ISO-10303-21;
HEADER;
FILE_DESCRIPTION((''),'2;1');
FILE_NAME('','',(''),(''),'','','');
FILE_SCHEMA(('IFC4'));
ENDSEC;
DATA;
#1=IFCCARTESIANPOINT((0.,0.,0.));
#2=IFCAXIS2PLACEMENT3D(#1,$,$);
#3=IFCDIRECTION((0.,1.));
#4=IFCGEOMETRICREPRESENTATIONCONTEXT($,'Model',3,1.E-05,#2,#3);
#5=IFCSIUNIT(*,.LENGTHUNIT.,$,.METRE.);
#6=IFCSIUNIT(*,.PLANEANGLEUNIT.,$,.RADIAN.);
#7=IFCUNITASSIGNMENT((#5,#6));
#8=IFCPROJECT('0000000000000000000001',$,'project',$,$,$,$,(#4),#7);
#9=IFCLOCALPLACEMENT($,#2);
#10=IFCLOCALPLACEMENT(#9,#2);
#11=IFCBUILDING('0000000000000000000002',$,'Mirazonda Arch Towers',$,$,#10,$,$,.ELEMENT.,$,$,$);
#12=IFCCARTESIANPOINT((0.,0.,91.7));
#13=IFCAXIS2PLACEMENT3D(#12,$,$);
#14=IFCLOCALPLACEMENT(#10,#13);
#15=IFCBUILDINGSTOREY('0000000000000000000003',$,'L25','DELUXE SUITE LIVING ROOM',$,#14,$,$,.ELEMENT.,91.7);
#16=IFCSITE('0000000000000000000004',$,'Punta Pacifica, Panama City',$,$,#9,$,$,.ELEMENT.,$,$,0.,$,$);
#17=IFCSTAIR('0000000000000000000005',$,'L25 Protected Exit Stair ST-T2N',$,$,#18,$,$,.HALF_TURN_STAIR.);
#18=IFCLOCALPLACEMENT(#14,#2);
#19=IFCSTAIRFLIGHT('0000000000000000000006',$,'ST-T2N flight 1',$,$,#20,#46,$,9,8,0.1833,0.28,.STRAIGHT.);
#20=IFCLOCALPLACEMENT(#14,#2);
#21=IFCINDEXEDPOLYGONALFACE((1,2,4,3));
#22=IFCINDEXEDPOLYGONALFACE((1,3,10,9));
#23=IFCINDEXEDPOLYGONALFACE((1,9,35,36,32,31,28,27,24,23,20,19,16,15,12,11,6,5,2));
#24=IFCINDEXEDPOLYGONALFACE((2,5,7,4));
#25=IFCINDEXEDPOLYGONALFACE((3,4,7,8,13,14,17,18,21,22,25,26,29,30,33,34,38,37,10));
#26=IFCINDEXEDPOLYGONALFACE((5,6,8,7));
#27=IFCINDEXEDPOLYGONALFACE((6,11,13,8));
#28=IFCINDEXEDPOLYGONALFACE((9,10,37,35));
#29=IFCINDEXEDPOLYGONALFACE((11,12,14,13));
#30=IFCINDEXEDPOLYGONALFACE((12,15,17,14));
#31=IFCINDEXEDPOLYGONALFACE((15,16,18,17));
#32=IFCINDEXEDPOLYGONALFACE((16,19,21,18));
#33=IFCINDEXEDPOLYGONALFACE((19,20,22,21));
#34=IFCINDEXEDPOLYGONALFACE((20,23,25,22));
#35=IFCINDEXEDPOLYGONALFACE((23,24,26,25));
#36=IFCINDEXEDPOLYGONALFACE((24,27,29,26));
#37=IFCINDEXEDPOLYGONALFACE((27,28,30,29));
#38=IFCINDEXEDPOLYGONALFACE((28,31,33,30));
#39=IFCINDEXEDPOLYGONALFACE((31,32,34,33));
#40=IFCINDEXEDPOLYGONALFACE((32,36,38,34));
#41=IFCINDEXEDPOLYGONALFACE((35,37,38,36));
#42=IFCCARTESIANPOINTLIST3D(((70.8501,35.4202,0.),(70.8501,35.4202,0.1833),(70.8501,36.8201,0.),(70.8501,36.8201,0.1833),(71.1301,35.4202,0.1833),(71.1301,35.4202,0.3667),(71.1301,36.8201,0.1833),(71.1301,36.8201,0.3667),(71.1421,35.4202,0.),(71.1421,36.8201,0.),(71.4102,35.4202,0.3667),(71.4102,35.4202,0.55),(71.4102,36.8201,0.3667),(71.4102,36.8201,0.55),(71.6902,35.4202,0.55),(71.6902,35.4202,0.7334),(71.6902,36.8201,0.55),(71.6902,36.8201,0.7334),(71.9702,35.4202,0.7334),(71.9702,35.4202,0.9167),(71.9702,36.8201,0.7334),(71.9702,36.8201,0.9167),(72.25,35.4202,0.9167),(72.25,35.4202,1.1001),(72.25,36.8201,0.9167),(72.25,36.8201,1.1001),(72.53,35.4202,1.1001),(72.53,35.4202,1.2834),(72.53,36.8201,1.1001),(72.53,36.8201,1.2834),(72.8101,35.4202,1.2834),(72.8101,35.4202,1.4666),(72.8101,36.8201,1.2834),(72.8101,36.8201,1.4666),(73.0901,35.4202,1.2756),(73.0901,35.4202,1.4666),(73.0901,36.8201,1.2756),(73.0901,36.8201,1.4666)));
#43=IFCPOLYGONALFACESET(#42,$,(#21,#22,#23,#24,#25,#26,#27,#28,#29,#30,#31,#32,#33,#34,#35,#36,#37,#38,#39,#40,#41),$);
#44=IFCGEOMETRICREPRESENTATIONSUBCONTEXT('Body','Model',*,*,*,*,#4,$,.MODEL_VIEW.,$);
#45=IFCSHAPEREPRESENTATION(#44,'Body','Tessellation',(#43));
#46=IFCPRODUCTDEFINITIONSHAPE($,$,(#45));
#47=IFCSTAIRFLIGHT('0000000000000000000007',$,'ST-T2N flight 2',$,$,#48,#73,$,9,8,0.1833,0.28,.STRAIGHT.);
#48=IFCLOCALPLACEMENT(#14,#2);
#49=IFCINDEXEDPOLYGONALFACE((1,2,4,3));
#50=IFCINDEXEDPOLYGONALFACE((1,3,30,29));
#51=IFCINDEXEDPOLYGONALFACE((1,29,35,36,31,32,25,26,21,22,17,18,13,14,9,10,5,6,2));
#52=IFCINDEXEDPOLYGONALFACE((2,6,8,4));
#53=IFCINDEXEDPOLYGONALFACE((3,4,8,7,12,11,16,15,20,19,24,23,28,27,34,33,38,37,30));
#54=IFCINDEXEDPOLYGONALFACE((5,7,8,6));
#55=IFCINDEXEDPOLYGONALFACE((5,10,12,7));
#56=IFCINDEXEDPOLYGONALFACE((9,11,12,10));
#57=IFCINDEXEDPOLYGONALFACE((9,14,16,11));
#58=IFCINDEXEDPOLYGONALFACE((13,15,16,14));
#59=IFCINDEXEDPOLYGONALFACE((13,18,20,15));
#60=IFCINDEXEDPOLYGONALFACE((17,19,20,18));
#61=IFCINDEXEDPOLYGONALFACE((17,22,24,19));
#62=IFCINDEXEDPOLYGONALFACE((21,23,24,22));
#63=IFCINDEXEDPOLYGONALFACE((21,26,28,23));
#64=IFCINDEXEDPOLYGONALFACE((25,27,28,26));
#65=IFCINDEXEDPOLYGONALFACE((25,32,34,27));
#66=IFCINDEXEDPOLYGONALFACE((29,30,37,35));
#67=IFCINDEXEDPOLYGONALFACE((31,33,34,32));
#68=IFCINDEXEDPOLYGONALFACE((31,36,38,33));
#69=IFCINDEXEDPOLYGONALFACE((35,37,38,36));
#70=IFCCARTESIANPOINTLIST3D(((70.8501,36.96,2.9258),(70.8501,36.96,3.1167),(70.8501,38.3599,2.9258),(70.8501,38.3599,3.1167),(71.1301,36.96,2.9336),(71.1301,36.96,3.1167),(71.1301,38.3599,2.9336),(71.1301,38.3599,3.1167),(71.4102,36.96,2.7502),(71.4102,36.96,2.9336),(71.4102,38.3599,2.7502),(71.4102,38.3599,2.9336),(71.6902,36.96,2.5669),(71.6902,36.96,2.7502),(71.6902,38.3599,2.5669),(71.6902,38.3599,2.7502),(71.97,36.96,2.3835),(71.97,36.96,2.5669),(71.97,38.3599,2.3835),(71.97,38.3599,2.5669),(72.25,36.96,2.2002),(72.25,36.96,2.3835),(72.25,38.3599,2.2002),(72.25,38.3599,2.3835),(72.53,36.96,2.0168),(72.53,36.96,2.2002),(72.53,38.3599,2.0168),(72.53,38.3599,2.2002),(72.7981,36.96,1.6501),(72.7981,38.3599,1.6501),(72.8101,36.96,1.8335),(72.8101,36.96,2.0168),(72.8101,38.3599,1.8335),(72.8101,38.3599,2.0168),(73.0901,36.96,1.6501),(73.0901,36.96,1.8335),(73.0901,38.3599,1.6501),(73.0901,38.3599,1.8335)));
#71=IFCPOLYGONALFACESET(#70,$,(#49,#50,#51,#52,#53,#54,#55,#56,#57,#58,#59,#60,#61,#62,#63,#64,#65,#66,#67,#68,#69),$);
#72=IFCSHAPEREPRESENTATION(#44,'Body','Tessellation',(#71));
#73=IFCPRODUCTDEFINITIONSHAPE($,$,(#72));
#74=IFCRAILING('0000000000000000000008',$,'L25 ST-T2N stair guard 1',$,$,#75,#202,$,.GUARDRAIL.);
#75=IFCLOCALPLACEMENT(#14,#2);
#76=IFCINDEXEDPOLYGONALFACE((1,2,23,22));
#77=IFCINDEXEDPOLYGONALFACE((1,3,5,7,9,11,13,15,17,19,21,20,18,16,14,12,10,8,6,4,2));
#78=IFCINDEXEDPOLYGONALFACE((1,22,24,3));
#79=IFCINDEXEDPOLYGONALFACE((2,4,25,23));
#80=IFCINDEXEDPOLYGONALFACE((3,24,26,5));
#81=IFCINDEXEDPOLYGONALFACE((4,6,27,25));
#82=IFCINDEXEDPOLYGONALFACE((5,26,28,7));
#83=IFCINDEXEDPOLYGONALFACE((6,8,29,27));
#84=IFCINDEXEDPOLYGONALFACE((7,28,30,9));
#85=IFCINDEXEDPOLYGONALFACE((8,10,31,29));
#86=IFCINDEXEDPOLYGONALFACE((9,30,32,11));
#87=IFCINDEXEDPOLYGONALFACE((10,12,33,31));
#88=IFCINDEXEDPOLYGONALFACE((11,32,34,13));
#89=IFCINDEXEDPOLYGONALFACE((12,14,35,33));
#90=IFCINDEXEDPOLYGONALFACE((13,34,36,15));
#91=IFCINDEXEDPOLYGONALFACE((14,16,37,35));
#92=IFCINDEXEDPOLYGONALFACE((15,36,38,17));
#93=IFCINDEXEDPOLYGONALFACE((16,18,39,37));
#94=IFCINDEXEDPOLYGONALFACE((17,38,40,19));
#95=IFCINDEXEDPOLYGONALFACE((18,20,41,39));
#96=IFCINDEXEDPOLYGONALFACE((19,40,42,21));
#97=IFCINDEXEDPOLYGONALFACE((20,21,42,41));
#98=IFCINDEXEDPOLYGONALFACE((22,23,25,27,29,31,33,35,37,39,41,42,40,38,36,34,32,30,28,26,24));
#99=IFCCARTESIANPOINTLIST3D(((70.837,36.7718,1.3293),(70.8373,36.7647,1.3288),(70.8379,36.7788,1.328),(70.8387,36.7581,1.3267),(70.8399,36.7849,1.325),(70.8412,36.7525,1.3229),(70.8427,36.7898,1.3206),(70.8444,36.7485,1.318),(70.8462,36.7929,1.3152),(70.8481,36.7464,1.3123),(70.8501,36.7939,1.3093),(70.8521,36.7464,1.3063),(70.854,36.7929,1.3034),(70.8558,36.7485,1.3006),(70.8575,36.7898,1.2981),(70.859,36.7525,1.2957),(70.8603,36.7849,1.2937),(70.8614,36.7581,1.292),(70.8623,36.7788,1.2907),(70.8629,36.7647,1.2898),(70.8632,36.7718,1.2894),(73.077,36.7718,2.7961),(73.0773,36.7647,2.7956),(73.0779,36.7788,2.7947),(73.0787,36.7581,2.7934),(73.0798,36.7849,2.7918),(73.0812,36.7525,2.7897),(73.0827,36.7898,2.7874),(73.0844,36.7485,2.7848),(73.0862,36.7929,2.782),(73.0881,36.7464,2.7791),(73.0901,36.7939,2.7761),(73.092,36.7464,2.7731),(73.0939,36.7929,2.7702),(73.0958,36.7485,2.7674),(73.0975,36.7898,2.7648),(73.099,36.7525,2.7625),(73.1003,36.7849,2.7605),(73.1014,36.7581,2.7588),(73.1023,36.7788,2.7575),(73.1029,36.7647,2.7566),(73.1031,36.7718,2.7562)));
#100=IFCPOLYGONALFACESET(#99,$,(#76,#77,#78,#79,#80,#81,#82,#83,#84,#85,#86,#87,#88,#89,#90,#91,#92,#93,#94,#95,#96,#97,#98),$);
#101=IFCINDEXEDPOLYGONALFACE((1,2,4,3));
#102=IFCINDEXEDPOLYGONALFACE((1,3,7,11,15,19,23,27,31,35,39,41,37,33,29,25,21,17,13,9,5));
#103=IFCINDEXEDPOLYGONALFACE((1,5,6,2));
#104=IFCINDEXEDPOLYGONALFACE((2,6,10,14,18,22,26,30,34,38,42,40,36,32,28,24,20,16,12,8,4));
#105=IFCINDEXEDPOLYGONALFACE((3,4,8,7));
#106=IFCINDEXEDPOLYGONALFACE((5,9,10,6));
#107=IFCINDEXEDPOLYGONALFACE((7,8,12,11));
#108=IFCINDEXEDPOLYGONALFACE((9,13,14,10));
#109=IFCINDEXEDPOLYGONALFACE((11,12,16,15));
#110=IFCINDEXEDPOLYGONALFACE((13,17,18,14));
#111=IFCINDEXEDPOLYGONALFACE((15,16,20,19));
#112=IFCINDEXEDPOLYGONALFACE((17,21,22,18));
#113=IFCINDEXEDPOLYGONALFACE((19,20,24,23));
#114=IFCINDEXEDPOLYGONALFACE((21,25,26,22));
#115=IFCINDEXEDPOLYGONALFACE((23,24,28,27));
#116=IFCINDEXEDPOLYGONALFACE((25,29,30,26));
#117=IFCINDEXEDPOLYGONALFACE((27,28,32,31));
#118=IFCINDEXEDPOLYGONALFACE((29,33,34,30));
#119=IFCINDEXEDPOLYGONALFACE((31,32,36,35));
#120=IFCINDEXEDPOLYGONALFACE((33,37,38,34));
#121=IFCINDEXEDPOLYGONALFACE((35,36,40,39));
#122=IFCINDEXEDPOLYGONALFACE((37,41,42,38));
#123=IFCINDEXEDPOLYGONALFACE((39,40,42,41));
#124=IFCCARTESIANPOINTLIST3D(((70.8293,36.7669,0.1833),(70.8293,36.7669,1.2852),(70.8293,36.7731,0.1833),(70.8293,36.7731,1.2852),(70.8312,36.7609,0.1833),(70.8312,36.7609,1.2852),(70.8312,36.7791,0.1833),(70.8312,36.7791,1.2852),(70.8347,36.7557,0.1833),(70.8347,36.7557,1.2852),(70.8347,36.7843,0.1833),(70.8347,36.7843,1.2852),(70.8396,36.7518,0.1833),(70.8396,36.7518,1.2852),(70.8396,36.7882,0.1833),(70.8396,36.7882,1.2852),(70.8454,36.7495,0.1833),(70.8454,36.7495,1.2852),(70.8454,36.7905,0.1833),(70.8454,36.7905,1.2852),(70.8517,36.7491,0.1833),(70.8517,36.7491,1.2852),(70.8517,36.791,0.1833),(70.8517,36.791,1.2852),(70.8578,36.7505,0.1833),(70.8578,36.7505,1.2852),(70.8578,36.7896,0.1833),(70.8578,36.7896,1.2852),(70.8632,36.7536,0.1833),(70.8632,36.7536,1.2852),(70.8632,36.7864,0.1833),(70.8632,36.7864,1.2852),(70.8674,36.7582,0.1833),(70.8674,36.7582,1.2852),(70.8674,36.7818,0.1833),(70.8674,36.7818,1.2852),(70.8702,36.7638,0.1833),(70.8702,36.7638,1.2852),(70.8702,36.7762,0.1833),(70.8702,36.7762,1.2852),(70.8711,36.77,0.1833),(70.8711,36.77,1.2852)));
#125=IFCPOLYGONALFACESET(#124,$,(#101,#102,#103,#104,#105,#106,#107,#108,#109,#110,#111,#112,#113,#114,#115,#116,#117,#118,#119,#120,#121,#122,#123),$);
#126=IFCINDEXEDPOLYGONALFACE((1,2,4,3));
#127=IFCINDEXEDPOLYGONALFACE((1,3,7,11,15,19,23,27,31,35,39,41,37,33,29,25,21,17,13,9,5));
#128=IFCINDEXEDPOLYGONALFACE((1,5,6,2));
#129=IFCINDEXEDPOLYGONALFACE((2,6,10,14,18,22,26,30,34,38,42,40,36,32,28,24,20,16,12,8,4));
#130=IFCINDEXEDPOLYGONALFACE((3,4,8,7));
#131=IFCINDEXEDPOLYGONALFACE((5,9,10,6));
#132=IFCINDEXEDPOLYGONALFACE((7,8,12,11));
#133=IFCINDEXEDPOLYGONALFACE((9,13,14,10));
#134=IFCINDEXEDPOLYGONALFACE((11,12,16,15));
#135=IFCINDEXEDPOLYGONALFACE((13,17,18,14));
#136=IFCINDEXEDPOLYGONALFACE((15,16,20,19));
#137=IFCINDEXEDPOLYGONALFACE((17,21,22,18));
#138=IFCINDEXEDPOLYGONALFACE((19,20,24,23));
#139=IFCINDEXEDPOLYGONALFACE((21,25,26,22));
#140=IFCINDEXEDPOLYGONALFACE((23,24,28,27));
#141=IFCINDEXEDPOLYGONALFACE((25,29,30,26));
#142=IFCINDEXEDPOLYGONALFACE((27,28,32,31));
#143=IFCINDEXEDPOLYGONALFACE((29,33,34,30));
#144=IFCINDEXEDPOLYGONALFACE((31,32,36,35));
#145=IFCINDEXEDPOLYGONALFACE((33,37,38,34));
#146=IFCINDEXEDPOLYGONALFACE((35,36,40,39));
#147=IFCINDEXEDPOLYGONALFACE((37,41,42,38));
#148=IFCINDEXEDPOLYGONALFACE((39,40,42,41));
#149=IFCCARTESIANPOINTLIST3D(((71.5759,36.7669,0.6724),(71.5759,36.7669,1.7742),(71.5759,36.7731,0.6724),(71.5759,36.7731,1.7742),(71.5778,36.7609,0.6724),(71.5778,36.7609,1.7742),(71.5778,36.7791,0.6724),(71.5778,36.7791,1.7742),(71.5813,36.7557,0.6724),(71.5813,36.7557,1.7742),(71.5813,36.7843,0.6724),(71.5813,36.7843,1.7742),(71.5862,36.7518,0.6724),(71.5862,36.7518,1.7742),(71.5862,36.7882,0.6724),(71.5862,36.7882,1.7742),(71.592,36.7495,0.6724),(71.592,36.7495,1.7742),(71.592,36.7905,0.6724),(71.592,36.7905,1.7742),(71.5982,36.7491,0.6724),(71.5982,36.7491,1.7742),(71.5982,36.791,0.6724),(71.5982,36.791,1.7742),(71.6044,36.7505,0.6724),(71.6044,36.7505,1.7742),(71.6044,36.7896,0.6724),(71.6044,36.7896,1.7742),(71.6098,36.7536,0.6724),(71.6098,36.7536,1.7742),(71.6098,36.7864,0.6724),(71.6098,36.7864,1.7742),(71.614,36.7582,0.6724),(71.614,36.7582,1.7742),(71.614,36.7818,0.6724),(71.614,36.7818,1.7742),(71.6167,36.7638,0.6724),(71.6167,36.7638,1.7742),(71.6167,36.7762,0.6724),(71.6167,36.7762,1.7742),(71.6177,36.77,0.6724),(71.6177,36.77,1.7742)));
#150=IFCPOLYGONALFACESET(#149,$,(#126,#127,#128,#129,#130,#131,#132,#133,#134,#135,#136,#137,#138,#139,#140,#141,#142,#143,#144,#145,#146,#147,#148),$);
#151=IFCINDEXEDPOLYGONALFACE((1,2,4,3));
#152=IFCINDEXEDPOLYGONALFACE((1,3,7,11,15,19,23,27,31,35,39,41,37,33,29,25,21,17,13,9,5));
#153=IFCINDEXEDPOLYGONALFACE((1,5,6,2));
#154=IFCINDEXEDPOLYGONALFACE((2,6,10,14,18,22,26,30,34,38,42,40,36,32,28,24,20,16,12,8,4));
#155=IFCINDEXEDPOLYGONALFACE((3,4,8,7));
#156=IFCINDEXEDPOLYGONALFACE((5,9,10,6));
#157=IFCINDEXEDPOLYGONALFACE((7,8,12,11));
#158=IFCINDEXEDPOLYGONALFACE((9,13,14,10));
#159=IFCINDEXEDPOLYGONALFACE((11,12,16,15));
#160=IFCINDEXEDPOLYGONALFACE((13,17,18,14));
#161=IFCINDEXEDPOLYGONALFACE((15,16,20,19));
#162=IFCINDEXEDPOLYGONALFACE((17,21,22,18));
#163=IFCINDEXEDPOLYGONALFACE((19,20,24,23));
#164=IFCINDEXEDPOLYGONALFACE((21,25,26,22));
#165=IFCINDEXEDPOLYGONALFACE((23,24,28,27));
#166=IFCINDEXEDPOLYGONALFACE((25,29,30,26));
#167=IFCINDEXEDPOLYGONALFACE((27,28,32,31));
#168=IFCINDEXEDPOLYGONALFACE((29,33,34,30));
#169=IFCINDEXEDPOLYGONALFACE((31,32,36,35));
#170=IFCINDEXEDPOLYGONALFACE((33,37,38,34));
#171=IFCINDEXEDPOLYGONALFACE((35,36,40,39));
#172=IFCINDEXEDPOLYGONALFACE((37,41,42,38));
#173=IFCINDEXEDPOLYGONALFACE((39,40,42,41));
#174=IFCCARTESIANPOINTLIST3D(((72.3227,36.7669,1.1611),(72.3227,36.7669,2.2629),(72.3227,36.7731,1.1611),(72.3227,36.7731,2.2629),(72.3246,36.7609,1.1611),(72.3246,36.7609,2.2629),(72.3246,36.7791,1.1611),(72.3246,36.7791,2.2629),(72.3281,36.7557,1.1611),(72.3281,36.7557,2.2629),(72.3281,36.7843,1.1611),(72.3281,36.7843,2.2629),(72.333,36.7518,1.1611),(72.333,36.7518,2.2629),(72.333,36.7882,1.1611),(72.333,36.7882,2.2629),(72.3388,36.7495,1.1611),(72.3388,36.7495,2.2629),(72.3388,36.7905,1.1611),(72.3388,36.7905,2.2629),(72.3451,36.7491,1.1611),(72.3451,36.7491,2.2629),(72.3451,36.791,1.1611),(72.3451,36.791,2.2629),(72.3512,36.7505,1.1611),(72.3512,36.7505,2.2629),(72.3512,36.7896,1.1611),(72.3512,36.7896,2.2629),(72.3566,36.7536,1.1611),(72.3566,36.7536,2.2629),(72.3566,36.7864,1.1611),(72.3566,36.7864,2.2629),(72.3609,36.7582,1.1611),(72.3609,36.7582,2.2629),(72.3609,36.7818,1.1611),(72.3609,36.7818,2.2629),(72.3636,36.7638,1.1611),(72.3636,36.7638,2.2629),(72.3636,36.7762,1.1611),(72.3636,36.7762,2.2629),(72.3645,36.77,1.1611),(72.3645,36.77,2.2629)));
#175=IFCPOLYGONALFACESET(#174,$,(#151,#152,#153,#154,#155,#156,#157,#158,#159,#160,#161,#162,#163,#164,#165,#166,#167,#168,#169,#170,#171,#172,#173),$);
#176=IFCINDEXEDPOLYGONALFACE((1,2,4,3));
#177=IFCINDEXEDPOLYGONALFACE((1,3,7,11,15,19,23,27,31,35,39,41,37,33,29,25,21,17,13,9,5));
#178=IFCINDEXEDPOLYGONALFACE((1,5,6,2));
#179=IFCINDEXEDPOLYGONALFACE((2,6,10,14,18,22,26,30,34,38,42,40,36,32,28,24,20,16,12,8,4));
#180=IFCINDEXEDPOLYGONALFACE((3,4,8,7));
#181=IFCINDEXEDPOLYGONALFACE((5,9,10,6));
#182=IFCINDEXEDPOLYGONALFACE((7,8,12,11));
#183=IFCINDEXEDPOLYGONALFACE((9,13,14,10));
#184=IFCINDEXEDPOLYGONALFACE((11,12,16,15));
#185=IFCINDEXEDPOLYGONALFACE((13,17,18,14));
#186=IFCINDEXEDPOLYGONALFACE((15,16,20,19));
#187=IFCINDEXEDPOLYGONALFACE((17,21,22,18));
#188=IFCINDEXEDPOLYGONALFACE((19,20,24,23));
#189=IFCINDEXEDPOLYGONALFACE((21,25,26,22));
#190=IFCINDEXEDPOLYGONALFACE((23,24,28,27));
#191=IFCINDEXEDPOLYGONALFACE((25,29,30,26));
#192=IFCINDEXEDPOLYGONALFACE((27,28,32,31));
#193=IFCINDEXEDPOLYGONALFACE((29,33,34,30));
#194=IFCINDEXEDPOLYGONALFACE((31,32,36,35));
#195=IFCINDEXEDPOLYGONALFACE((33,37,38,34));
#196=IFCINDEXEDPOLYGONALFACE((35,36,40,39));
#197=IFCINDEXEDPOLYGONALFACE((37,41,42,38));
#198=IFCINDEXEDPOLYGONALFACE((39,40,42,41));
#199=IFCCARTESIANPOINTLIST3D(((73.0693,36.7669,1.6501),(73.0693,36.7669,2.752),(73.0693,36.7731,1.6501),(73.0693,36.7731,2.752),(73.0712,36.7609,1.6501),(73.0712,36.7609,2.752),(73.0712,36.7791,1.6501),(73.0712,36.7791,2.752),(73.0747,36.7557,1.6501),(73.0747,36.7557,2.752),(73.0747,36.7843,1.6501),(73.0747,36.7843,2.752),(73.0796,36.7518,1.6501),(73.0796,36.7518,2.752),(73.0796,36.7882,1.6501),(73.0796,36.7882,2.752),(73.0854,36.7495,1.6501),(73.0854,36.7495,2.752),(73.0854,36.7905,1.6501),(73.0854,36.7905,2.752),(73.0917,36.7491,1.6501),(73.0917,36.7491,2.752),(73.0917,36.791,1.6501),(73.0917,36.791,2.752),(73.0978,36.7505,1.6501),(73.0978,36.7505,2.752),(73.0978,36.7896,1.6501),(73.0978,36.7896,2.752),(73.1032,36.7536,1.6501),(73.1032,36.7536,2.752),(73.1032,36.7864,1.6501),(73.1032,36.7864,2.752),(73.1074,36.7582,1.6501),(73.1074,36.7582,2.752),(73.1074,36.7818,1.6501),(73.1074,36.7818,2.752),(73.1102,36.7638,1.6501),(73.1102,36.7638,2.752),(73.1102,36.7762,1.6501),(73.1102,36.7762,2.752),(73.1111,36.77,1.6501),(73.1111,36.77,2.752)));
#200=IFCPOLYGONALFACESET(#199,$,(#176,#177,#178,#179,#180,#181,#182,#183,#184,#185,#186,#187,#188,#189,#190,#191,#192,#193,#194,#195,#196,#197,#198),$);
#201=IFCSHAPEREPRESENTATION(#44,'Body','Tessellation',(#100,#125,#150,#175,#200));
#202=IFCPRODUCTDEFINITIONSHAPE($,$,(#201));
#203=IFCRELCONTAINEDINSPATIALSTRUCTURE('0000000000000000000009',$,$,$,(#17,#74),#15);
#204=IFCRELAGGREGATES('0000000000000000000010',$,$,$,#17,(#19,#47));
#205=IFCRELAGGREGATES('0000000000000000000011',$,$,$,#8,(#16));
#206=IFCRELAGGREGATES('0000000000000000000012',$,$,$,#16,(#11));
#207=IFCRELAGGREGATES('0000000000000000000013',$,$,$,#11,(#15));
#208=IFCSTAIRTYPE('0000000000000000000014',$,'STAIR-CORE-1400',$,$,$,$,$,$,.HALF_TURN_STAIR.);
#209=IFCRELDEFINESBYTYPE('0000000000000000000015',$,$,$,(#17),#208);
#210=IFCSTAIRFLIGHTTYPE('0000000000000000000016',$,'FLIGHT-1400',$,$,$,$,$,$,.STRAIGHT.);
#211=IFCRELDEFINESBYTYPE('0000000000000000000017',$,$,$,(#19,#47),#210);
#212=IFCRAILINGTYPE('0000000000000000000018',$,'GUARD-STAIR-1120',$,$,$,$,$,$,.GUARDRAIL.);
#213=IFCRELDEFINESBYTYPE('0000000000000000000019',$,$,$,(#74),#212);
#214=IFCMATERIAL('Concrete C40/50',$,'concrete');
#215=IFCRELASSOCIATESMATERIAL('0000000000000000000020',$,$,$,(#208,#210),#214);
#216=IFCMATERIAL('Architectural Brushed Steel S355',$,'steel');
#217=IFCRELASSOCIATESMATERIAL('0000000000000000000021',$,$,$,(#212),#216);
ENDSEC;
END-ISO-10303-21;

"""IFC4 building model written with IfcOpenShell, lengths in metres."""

from ifc_helpers import new_model, si_unit, direction, frame, origin, origin_2d, place, context, subcontext, project, spatial, polyline, circle, outline, extrude, material, type_object, element, aggregate, save


model = new_model("IFC4")

# Units and contexts
model_context = context("Model", 3, precision=1e-05, world=origin(), true_north=direction((0.0, 1.0)))
body_context = subcontext(model_context, "Body", "Model", "MODEL_VIEW")
ifc_project = project(units=[si_unit("LENGTHUNIT", "METRE"), si_unit("PLANEANGLEUNIT", "RADIAN")], contexts=[model_context])

# Site, building, storey
site_placement = place(None, origin())
site = spatial("IfcSite", under=ifc_project, at=site_placement, Name="Punta Pacifica, Panama City", CompositionType="ELEMENT", RefElevation=0.0)
building_placement = place(site_placement, origin())
building = spatial("IfcBuilding", under=site, at=building_placement, Name="Mirazonda Arch Towers", CompositionType="ELEMENT")
storey_placement = place(building_placement, frame((0.0, 0.0, 91.7)))
storey = spatial("IfcBuildingStorey", under=building, at=storey_placement, Name="L25", Description="DELUXE SUITE LIVING ROOM", CompositionType="ELEMENT", Elevation=91.7)

# Shared definitions
ifc_material_1 = material(Name="Concrete C40/50", Category="concrete")

# Stair, stair flights
stair_type = type_object("IfcStairType", Name="STAIR-CORE-1400", PredefinedType="HALF_TURN_STAIR", material=ifc_material_1)
stair_placement = place(storey_placement, origin())
stair = element("IfcStair", 1, at=stair_placement, inside=storey, type_object=stair_type, Name="L25 Protected Exit Stair ST-T2N", PredefinedType="HALF_TURN_STAIR")
stair_flight_type = type_object("IfcStairFlightType", Name="FLIGHT-1400", PredefinedType="STRAIGHT", material=ifc_material_1)
stair_flight_1_placement = place(storey_placement, frame((70.8501, 36.1201, 0.0), z_axis=(0.0, 0.0, 1.0), x_axis=(1.0, 0.0, 0.0)))
stair_flight_1 = element("IfcStairFlight", 2, at=stair_flight_1_placement, type_object=stair_flight_type, Name="ST-T2N flight 1", NumberOfRisers=9, NumberOfTreads=8, PredefinedType="STRAIGHT", RiserHeight=0.1833, TreadLength=0.28, context=body_context, shape_type="SweptSolid", body=[
    extrude(outline(polyline([(0.0, 0.0), (0.0, 0.1833), (0.28, 0.1833), (0.28, 0.3667), (0.5601, 0.3667), (0.5601, 0.55), (0.8401, 0.55), (0.8401, 0.7334), (1.1201, 0.7334), (1.1201, 0.9167), (1.3999, 0.9167), (1.3999, 1.1001), (1.6799, 1.1001), (1.6799, 1.2834), (1.96, 1.2834), (1.96, 1.4666), (2.24, 1.4666), (2.24, 1.6499), (2.24, 1.2756), (0.292, 0.0), (0.0, 0.0)])), frame((0.0, 0.7, 0.0), z_axis=(0.0, -1.0, 0.0), x_axis=(1.0, 0.0, 0.0)), (0.0, 0.0, 1.0), 1.3999),
])
stair_flight_2_placement = place(storey_placement, frame((73.0901, 37.6599, 1.6501), z_axis=(0.0, 0.0, 1.0), x_axis=(-1.0, 0.0, 0.0)))
stair_flight_2 = element("IfcStairFlight", 3, at=stair_flight_2_placement, type_object=stair_flight_type, Name="ST-T2N flight 2", NumberOfRisers=9, NumberOfTreads=8, PredefinedType="STRAIGHT", RiserHeight=0.1833, TreadLength=0.28, context=body_context, shape_type="SweptSolid", body=[
    extrude(outline(polyline([(0.0, 0.0), (0.0, 0.1833), (0.28, 0.1833), (0.28, 0.3667), (0.5601, 0.3667), (0.5601, 0.55), (0.8401, 0.55), (0.8401, 0.7334), (1.1201, 0.7334), (1.1201, 0.9167), (1.3999, 0.9167), (1.3999, 1.1001), (1.6799, 1.1001), (1.6799, 1.2834), (1.96, 1.2834), (1.96, 1.4666), (2.24, 1.4666), (2.24, 1.6499), (2.24, 1.2756), (0.292, 0.0), (0.0, 0.0)])), frame((0.0, 0.7, 0.0), z_axis=(0.0, -1.0, 0.0), x_axis=(1.0, 0.0, 0.0)), (0.0, 0.0, 1.0), 1.3999),
])
aggregate(stair, [stair_flight_1, stair_flight_2])

# Railing
ifc_material_2 = material(Name="Architectural Brushed Steel S355", Category="steel")
railing_type_1 = type_object("IfcRailingType", Name="GUARD-STAIR-1120", PredefinedType="GUARDRAIL", material=ifc_material_2)
railing_1_placement = place(storey_placement, frame((70.8501, 36.77, 0.1833)))
element("IfcRailing", 4, at=railing_1_placement, inside=storey, type_object=railing_type_1, Name="L25 ST-T2N stair guard 1", PredefinedType="GUARDRAIL", context=body_context, shape_type="SweptSolid", body=[
    extrude(circle(Radius=0.0239, at=origin_2d()), frame((0.0, 0.0, 1.126), z_axis=(0.836595, 0.0, 0.547822), x_axis=(0.0, 1.0, 0.0)), (0.0, 0.0, 1.0), 2.6775),
    extrude(circle(Radius=0.021, at=origin_2d()), origin(), (0.0, 0.0, 1.0), 1.1018),
    extrude(circle(Radius=0.021, at=origin_2d()), frame((0.7466, 0.0, 0.489)), (0.0, 0.0, 1.0), 1.1018),
    extrude(circle(Radius=0.021, at=origin_2d()), frame((1.4934, 0.0, 0.9778)), (0.0, 0.0, 1.0), 1.1018),
    extrude(circle(Radius=0.021, at=origin_2d()), frame((2.24, 0.0, 1.4668)), (0.0, 0.0, 1.0), 1.1018),
])

save(model, "model.ifc")
